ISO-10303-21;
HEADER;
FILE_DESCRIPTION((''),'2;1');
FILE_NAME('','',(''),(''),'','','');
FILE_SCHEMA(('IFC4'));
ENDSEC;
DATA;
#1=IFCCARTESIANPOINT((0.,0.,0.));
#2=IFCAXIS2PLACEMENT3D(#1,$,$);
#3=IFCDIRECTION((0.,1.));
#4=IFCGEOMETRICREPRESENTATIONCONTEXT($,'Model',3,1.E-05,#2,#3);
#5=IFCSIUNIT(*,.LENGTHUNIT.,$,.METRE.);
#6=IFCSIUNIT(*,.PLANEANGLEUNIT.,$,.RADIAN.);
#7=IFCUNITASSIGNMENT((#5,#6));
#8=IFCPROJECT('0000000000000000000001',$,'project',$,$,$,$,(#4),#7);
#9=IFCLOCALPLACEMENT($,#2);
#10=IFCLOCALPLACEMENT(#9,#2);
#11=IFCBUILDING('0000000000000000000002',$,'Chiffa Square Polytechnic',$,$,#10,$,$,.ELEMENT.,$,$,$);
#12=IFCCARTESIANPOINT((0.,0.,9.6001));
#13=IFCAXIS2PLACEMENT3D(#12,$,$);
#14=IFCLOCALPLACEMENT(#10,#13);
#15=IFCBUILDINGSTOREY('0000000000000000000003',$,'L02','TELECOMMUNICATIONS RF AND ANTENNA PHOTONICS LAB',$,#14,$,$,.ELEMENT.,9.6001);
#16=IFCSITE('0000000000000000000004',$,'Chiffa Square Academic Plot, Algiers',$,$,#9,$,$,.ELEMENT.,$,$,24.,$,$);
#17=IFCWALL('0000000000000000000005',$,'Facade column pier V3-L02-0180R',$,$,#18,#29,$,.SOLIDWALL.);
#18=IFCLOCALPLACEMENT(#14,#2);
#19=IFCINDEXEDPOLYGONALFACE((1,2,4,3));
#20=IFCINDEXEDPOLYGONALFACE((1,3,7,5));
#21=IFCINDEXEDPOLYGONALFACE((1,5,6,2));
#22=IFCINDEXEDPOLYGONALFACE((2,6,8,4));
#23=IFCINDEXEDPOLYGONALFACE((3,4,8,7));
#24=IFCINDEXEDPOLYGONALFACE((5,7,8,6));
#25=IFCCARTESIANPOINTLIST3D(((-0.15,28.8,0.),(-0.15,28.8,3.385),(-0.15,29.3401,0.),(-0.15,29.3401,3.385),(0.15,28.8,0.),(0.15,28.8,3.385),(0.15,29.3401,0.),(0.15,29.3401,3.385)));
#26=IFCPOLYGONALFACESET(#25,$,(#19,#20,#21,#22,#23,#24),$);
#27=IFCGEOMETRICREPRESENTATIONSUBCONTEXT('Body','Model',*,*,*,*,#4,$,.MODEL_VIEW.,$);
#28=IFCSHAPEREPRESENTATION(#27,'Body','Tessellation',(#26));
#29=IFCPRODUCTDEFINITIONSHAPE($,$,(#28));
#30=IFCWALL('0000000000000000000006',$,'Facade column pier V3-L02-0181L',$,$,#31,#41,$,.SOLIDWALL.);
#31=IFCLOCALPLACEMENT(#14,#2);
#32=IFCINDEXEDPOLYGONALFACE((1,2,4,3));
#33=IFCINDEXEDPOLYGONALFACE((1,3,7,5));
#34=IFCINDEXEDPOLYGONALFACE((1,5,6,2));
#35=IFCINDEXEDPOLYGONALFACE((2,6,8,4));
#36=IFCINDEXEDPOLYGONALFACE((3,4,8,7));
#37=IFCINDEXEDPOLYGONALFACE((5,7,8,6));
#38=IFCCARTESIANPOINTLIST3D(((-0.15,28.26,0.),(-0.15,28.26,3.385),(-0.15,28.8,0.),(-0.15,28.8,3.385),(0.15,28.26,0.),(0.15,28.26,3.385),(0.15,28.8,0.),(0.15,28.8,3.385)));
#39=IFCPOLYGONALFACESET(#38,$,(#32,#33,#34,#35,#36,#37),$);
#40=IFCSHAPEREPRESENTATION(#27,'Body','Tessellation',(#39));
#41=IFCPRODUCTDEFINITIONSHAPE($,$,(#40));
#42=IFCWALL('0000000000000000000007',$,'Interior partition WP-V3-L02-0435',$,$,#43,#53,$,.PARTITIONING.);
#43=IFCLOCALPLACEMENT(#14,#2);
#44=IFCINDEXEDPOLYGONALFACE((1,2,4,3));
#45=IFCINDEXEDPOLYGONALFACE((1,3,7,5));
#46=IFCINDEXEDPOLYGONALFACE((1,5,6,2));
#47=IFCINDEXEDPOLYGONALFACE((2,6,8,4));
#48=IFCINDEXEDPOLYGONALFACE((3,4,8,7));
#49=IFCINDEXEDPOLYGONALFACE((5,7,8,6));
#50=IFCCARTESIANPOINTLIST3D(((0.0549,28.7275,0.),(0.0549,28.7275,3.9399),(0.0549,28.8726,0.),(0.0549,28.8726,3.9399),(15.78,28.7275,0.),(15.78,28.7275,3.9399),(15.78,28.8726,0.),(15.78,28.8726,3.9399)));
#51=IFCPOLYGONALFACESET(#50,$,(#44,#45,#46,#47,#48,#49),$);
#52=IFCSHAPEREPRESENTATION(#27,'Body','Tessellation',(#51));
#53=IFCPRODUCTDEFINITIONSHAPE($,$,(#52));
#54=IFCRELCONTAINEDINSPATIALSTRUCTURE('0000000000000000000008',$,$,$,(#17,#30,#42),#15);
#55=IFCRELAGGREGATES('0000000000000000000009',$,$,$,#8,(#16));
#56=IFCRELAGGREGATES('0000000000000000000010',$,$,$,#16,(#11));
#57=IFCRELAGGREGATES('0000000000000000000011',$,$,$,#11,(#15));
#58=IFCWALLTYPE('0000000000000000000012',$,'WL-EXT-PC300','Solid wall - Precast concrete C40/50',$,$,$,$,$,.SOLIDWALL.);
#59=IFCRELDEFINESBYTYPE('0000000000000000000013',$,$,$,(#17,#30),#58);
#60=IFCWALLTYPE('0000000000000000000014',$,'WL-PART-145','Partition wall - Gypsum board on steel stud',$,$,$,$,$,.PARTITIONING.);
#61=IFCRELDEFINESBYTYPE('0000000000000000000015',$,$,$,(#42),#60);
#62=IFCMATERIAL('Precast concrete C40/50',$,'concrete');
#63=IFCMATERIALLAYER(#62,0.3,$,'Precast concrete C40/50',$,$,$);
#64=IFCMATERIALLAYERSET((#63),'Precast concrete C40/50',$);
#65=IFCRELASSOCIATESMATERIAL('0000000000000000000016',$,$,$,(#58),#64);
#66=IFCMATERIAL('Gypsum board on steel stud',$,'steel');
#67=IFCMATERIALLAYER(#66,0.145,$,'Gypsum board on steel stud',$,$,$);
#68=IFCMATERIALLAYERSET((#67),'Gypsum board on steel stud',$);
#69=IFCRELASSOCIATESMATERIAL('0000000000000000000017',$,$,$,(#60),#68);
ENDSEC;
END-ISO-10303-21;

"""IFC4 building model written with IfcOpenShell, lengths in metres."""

from ifc_helpers import new_model, si_unit, direction, frame, frame_2d, origin, place, context, subcontext, project, spatial, rectangle, extrude, material, layer, layer_set, type_object, element, save


model = new_model("IFC4")

# Units and contexts
model_context = context("Model", 3, precision=1e-05, world=origin(), true_north=direction((0.0, 1.0)))
body_context = subcontext(model_context, "Body", "Model", "MODEL_VIEW")
ifc_project = project(units=[si_unit("LENGTHUNIT", "METRE"), si_unit("PLANEANGLEUNIT", "RADIAN")], contexts=[model_context])

# Site, building, storey
site_placement = place(None, origin())
site = spatial("IfcSite", under=ifc_project, at=site_placement, Name="Chiffa Square Academic Plot, Algiers", CompositionType="ELEMENT", RefElevation=24.0)
building_placement = place(site_placement, origin())
building = spatial("IfcBuilding", under=site, at=building_placement, Name="Chiffa Square Polytechnic", CompositionType="ELEMENT")
storey_placement = place(building_placement, frame((0.0, 0.0, 9.6001)))
storey = spatial("IfcBuildingStorey", under=building, at=storey_placement, Name="L02", Description="TELECOMMUNICATIONS RF AND ANTENNA PHOTONICS LAB", CompositionType="ELEMENT", Elevation=9.6001)

# Walls
ifc_material_1 = material(Name="Precast concrete C40/50", Category="concrete")
ifc_layer_1 = layer(ifc_material_1, 0.3, Name="Precast concrete C40/50")
ifc_layer_set_1 = layer_set([ifc_layer_1], Name="Precast concrete C40/50")
wall_type_1 = type_object("IfcWallType", Name="WL-EXT-PC300", Description="Solid wall - Precast concrete C40/50", PredefinedType="SOLIDWALL", material=ifc_layer_set_1)
for number, where, z_axis, x_axis, name in (
    (1, (0.0, 29.3401, 0.0), (0.0, 0.0, 1.0), (0.0, -1.0, 0.0), "Facade column pier V3-L02-0180R"),
    (2, (0.0, 28.8, 0.0), (0.0, 0.0, 1.0), (0.0, -1.0, 0.0), "Facade column pier V3-L02-0181L"),
):
    element("IfcWall", number, at=place(storey_placement, frame(where, z_axis=z_axis, x_axis=x_axis)), inside=storey, type_object=wall_type_1, Name=name, PredefinedType="SOLIDWALL", context=body_context, shape_type="SweptSolid", body=[
        extrude(rectangle(XDim=0.54, YDim=0.3, at=frame_2d((0.27, 0.0))), origin(), (0.0, 0.0, 1.0), 3.385),
    ])
ifc_material_2 = material(Name="Gypsum board on steel stud", Category="steel")
ifc_layer_2 = layer(ifc_material_2, 0.145, Name="Gypsum board on steel stud")
ifc_layer_set_2 = layer_set([ifc_layer_2], Name="Gypsum board on steel stud")
wall_type_2 = type_object("IfcWallType", Name="WL-PART-145", Description="Partition wall - Gypsum board on steel stud", PredefinedType="PARTITIONING", material=ifc_layer_set_2)
wall_placement = place(storey_placement, frame((0.0549, 28.8, 0.0), z_axis=(0.0, 0.0, 1.0), x_axis=(1.0, 0.0, 0.0)))
element("IfcWall", 3, at=wall_placement, inside=storey, type_object=wall_type_2, Name="Interior partition WP-V3-L02-0435", PredefinedType="PARTITIONING", context=body_context, shape_type="SweptSolid", body=[
    extrude(rectangle(XDim=15.7251, YDim=0.145, at=frame_2d((7.8625, 0.0))), origin(), (0.0, 0.0, 1.0), 3.9399),
])

save(model, "model.ifc")
